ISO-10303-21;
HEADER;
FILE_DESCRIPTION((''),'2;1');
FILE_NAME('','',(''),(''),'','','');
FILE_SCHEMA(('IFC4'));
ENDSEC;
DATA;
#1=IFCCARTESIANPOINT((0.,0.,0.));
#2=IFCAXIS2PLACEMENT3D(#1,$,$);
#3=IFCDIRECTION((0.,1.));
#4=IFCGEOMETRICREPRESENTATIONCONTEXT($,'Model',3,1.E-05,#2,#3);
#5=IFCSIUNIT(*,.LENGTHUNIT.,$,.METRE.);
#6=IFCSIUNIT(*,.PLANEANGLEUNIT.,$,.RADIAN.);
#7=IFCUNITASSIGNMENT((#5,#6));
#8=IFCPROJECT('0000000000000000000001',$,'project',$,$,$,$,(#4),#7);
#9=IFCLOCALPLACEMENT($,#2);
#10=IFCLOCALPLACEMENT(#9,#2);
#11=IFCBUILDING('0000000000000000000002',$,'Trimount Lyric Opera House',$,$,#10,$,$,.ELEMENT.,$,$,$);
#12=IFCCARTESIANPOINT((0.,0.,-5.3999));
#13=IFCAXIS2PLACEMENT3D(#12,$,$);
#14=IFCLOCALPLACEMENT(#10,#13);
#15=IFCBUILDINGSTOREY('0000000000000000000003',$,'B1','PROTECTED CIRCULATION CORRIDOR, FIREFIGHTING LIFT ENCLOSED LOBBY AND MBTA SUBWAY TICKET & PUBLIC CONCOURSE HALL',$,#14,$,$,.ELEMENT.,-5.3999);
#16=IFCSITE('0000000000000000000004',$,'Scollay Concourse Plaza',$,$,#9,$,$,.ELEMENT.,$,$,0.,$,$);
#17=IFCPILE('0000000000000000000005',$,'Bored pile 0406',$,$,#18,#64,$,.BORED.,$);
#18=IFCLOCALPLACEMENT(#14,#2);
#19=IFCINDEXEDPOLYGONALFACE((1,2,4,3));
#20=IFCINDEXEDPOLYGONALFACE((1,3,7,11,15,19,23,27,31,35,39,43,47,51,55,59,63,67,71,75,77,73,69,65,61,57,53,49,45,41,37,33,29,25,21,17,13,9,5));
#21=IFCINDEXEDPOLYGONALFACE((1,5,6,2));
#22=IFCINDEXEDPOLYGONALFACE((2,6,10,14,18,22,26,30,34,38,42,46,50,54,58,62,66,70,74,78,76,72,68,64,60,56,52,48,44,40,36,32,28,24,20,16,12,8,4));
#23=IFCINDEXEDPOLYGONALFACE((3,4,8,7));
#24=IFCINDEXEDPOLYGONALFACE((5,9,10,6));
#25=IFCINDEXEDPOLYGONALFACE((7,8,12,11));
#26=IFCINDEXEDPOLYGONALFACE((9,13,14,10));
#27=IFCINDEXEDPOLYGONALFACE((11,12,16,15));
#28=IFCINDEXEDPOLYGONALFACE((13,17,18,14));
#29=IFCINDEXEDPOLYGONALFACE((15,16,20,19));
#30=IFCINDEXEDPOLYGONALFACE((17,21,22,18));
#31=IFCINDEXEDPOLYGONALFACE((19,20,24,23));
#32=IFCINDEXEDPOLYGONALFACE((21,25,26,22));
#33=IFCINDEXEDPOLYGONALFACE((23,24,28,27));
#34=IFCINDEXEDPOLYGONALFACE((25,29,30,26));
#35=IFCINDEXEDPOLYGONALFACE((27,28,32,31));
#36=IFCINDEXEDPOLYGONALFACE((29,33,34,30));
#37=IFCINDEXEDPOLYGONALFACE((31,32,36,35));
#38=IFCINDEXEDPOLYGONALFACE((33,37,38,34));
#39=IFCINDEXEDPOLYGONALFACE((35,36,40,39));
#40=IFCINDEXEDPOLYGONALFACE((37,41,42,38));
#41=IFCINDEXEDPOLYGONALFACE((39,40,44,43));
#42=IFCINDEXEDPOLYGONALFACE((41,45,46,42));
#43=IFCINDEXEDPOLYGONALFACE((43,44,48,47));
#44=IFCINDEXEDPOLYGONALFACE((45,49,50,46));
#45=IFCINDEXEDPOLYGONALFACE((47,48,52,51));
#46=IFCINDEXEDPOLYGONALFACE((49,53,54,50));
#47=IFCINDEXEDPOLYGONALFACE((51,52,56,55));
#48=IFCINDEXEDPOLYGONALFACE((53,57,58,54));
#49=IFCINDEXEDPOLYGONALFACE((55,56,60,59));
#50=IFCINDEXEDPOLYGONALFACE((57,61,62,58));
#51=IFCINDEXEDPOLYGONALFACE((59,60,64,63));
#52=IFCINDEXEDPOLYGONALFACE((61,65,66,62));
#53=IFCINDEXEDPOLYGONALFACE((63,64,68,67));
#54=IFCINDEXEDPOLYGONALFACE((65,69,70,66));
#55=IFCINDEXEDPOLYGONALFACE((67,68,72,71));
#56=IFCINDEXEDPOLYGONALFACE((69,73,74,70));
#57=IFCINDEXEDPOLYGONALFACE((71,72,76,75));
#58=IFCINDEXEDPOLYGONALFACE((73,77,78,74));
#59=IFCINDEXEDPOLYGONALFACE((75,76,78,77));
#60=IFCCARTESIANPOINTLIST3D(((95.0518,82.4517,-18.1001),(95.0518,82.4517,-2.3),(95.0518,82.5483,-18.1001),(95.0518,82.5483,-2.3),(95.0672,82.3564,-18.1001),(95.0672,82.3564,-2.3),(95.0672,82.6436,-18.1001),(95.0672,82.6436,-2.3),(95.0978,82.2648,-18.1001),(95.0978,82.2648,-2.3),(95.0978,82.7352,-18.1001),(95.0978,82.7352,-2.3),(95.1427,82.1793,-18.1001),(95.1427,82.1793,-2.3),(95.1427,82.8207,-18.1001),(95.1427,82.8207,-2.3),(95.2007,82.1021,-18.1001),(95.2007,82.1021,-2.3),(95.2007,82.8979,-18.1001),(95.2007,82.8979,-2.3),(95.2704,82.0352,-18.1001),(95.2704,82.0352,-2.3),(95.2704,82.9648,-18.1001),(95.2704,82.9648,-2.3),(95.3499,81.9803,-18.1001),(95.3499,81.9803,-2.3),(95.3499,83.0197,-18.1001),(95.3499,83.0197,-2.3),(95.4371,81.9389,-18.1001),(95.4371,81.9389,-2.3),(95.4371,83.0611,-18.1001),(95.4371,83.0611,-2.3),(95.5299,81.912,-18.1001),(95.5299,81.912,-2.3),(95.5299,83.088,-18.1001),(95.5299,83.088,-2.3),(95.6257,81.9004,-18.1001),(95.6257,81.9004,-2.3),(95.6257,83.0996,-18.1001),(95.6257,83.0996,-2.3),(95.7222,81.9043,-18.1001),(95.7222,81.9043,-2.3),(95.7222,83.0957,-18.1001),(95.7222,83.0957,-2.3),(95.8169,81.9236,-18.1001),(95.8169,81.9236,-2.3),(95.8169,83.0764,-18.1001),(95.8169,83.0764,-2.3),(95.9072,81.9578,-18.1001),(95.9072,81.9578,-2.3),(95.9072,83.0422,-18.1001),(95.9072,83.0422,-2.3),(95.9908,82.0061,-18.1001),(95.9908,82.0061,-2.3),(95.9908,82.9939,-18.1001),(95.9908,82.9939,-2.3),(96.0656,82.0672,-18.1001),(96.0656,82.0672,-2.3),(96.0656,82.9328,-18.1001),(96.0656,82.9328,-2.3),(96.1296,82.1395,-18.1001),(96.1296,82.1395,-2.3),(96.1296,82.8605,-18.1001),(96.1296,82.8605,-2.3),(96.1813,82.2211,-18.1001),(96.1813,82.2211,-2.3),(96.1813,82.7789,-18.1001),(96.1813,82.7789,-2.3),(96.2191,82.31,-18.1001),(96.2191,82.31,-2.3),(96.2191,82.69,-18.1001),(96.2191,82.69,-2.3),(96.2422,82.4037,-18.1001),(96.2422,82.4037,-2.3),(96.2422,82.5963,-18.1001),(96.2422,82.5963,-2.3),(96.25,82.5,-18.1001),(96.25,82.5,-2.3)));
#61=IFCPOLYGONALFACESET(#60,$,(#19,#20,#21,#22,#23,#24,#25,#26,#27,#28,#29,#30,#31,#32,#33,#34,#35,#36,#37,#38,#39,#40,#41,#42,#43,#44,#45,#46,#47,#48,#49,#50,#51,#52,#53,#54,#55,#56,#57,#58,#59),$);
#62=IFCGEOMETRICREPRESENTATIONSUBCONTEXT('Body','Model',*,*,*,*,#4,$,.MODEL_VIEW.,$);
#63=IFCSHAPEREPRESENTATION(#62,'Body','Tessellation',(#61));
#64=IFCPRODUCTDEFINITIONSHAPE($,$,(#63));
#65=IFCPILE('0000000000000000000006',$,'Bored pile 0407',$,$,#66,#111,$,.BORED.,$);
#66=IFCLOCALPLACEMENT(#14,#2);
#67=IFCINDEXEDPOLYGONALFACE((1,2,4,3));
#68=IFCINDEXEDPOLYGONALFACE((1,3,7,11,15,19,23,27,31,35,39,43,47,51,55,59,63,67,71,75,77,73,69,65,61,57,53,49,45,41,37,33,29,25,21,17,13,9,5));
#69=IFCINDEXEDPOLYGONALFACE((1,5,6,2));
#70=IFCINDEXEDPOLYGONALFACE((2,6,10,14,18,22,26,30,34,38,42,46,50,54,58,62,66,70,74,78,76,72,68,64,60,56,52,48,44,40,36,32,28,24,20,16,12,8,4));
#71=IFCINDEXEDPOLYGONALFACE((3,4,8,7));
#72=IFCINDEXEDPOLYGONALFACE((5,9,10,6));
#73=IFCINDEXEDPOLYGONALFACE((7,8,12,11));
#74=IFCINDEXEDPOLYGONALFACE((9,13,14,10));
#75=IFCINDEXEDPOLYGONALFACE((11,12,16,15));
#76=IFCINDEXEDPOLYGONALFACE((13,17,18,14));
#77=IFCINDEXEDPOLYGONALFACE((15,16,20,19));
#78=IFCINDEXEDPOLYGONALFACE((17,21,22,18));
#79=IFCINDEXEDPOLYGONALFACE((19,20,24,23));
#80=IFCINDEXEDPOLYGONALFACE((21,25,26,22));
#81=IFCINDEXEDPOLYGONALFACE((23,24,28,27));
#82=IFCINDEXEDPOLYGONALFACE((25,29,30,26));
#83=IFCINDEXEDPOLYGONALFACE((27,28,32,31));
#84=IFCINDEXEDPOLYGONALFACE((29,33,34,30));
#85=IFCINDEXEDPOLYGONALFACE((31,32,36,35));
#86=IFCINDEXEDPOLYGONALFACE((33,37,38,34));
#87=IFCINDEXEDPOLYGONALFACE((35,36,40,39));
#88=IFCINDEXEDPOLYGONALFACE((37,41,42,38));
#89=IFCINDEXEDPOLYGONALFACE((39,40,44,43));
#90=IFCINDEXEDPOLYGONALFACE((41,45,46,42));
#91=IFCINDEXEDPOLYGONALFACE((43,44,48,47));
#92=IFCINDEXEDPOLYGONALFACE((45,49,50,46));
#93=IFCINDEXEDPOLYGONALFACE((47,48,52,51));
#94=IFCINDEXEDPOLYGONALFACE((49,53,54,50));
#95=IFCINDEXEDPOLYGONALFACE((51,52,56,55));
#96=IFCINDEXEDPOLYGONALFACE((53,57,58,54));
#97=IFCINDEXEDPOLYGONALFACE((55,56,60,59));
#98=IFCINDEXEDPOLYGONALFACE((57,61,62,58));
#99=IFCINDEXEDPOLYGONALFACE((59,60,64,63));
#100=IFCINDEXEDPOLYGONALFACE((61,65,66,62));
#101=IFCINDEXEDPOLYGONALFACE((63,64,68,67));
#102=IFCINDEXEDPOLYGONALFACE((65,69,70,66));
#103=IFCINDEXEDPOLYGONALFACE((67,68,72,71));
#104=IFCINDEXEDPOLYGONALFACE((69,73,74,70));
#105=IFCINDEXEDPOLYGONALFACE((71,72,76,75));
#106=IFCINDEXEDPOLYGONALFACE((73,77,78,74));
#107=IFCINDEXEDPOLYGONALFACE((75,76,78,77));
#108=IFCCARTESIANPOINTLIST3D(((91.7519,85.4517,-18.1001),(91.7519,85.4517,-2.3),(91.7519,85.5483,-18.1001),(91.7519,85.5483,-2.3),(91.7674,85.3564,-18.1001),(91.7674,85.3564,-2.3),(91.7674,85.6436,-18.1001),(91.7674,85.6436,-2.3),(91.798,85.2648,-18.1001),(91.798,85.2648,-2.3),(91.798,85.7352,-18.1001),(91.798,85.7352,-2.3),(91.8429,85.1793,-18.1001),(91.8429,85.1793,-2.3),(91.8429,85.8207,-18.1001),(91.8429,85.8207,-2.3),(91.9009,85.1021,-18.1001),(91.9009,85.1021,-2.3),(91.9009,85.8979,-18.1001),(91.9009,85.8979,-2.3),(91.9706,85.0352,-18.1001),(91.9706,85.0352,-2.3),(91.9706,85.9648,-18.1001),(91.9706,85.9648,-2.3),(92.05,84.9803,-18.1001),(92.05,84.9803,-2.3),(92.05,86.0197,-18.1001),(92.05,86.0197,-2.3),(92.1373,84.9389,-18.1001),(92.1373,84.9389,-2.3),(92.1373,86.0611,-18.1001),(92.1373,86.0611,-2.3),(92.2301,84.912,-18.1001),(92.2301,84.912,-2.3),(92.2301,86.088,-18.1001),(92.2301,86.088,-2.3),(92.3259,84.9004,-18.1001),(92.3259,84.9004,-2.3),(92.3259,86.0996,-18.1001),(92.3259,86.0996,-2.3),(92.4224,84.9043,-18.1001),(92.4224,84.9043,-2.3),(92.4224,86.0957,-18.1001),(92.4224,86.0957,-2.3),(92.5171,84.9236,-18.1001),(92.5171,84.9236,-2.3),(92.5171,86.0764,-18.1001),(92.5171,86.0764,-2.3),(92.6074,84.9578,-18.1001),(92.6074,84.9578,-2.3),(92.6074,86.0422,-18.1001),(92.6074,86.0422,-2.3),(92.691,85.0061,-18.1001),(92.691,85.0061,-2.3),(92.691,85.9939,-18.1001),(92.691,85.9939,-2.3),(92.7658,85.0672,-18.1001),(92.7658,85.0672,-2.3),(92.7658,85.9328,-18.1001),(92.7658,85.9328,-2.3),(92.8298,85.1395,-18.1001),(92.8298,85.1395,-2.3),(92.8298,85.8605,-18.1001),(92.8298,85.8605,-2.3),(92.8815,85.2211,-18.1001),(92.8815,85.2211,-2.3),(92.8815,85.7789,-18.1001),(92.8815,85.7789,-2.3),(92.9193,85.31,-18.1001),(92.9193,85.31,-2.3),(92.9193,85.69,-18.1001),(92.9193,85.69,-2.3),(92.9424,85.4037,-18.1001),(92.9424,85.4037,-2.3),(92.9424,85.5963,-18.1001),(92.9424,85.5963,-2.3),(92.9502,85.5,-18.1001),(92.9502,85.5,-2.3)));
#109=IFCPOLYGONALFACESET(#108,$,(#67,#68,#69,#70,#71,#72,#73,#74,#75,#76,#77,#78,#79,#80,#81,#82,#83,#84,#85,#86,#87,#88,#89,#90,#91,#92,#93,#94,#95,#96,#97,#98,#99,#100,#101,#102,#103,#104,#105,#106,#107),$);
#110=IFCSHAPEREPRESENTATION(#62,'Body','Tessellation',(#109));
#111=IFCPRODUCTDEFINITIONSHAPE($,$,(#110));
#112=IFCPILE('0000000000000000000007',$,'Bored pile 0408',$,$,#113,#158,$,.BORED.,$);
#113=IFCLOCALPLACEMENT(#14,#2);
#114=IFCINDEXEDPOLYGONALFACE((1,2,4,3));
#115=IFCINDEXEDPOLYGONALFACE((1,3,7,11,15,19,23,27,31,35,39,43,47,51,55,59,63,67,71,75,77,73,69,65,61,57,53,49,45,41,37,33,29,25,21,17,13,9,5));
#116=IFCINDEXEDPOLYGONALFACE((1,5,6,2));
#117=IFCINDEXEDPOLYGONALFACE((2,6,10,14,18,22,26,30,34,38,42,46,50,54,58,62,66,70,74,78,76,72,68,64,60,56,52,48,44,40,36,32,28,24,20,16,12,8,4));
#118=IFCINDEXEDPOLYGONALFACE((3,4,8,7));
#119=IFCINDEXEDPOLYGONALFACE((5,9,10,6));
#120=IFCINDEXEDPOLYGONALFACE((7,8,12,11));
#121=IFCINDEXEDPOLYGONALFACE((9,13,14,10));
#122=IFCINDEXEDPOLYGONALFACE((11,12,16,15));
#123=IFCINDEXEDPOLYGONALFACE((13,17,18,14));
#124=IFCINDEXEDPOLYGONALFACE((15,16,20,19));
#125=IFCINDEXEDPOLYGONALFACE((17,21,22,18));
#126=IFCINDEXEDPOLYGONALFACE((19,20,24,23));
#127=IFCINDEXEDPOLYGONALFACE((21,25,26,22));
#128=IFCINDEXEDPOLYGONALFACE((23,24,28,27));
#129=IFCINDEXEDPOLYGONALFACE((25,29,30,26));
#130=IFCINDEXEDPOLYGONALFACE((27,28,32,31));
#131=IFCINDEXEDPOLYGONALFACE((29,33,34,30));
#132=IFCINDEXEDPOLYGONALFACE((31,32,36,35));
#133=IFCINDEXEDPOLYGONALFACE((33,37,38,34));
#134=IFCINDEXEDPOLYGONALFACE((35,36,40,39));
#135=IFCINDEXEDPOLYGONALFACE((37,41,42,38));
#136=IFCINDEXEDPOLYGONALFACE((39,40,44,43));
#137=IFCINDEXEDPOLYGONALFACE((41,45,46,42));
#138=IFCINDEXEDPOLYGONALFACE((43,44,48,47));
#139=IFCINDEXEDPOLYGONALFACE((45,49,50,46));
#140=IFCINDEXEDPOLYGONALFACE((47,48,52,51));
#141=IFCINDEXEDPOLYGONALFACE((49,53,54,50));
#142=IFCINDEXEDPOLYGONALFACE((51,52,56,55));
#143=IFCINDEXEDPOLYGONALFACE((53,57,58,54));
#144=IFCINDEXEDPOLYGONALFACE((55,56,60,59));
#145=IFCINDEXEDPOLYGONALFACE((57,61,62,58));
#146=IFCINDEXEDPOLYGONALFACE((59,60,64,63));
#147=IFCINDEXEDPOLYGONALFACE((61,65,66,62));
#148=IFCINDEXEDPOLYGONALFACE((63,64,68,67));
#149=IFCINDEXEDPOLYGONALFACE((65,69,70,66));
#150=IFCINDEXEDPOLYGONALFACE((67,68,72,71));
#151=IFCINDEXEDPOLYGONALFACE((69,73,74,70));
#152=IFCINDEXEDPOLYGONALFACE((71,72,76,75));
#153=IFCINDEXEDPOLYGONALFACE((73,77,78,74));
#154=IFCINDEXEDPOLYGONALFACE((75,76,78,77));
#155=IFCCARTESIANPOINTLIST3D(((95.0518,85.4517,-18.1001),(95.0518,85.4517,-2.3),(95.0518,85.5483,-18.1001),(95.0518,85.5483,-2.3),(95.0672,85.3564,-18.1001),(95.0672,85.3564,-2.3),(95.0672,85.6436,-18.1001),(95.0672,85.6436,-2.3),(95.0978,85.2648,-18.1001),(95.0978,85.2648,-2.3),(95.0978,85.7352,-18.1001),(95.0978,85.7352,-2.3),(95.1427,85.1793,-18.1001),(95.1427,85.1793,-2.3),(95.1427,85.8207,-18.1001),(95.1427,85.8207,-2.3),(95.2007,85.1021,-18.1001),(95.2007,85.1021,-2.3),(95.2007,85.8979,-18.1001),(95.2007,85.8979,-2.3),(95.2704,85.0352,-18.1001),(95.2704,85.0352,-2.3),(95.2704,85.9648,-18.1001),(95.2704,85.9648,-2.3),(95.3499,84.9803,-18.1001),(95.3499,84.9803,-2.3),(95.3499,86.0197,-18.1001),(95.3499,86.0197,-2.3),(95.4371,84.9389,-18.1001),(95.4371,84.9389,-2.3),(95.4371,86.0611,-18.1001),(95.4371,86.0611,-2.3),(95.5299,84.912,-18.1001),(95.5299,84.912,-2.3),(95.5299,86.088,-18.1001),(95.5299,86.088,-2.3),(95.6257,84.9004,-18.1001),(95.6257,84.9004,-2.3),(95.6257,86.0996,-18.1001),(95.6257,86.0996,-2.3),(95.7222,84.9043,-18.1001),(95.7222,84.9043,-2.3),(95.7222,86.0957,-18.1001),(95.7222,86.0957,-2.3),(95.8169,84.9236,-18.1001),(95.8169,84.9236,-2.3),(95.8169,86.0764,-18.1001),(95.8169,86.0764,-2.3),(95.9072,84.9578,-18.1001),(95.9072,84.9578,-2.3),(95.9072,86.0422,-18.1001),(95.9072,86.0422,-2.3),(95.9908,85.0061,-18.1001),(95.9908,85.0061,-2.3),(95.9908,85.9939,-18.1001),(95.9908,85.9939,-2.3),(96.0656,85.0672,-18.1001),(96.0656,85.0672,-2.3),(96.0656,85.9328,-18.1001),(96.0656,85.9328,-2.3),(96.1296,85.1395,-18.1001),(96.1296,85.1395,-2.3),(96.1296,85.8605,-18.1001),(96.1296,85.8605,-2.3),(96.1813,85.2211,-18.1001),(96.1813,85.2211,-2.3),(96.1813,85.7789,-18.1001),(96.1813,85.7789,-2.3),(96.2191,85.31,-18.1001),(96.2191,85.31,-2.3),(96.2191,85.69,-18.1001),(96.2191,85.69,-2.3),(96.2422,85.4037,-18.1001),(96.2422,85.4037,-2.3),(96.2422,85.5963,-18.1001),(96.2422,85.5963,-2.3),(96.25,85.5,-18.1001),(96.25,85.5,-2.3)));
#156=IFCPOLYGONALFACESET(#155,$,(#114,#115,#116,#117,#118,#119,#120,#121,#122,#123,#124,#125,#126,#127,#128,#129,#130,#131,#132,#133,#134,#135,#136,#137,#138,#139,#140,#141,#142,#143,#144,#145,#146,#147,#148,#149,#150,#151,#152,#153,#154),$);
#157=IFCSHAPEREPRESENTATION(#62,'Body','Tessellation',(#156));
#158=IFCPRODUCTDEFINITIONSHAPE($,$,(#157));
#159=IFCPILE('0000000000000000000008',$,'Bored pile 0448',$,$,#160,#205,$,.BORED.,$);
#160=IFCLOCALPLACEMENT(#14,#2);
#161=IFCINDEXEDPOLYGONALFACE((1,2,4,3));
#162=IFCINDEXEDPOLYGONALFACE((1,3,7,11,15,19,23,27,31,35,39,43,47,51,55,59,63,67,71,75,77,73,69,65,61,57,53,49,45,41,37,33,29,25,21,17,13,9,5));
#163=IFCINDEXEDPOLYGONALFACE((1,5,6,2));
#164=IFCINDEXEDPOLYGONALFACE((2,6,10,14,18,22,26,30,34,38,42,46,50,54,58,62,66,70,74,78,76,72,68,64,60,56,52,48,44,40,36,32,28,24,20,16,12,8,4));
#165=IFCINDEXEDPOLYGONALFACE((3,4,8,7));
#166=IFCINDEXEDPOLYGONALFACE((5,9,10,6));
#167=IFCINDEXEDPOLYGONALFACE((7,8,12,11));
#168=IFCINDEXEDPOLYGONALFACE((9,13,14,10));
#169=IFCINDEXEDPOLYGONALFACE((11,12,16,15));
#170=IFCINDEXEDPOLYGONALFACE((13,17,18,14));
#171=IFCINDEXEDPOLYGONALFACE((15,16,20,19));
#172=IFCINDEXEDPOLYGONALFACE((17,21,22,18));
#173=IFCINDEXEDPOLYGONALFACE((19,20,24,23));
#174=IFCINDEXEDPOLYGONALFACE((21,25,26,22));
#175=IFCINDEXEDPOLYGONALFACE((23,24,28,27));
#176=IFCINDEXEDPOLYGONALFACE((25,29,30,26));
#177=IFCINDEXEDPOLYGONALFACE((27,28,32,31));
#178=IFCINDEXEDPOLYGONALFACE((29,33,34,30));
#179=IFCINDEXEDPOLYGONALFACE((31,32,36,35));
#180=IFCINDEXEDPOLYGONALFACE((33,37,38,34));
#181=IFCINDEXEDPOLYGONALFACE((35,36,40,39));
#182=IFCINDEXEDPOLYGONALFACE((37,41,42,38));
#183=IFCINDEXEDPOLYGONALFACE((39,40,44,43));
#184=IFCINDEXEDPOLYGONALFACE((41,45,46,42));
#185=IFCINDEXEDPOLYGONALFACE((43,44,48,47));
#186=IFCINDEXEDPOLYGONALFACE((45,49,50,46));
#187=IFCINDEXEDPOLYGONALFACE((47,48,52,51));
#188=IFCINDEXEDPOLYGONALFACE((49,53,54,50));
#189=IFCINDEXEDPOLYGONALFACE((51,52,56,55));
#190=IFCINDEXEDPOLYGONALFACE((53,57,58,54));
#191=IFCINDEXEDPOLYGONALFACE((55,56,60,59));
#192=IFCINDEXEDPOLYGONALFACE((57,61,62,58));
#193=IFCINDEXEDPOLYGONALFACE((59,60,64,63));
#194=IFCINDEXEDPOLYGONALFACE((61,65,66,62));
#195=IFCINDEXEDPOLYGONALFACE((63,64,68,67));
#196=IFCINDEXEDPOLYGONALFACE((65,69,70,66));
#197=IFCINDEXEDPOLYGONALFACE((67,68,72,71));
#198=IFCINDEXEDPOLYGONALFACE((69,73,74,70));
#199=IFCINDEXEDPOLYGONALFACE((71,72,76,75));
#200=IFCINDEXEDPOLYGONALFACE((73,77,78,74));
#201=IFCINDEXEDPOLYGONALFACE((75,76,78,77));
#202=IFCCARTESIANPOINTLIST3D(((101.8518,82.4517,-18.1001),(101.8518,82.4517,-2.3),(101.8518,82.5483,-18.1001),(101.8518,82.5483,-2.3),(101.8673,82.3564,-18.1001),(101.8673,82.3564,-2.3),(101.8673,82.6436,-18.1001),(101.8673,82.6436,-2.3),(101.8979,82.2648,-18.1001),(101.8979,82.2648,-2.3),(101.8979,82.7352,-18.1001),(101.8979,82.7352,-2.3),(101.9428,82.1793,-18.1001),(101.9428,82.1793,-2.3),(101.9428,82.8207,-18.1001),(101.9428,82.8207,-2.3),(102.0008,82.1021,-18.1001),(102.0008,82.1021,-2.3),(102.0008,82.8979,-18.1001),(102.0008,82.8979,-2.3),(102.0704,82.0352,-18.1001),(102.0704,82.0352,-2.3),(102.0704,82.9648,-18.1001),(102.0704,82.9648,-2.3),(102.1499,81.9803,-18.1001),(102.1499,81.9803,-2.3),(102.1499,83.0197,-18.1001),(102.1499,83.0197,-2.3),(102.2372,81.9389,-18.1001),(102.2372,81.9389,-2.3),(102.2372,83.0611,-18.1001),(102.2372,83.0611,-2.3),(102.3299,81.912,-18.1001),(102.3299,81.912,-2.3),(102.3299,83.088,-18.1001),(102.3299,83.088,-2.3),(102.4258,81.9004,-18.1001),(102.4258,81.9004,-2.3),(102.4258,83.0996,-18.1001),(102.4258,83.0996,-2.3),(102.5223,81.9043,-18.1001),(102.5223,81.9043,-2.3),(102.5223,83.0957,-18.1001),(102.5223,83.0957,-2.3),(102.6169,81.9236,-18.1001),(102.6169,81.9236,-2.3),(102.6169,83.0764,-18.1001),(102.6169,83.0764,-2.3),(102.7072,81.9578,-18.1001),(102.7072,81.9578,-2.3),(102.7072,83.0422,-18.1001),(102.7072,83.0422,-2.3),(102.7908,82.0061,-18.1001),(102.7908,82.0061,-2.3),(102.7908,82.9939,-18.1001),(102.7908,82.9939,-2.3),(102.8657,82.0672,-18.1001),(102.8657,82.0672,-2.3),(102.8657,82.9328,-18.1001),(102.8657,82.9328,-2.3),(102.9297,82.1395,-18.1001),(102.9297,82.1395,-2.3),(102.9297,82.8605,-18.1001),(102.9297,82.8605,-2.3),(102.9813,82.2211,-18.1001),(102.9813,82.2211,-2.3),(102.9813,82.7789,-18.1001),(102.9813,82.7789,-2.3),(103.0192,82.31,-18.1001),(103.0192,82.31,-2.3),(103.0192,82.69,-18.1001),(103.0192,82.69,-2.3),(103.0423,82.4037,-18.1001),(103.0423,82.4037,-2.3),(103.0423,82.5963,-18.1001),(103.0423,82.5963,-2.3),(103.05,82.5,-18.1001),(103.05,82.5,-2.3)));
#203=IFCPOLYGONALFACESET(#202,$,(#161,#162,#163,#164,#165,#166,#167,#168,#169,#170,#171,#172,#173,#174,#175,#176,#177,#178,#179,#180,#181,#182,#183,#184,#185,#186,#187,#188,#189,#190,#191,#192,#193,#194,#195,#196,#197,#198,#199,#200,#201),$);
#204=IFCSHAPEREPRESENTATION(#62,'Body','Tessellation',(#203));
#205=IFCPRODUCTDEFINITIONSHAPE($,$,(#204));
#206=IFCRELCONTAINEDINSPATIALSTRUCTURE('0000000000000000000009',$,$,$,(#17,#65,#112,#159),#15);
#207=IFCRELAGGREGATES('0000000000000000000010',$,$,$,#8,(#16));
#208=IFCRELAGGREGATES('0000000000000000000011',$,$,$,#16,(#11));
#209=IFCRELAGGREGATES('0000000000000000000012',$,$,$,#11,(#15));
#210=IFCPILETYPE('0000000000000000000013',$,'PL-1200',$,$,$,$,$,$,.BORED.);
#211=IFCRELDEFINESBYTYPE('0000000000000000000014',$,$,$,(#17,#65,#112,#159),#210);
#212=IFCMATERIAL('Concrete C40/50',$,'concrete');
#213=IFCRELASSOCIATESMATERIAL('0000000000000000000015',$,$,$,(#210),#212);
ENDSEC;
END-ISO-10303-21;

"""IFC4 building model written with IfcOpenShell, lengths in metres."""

from ifc_helpers import new_model, si_unit, direction, frame, origin, origin_2d, place, context, subcontext, project, spatial, circle, extrude, material, material_profile, profile_set, type_object, element, save


model = new_model("IFC4")

# Units and contexts
model_context = context("Model", 3, precision=1e-05, world=origin(), true_north=direction((0.0, 1.0)))
body_context = subcontext(model_context, "Body", "Model", "MODEL_VIEW")
ifc_project = project(units=[si_unit("LENGTHUNIT", "METRE"), si_unit("PLANEANGLEUNIT", "RADIAN")], contexts=[model_context])

# Site, building, storey
site_placement = place(None, origin())
site = spatial("IfcSite", under=ifc_project, at=site_placement, Name="Scollay Concourse Plaza", CompositionType="ELEMENT", RefElevation=0.0)
building_placement = place(site_placement, origin())
building = spatial("IfcBuilding", under=site, at=building_placement, Name="Trimount Lyric Opera House", CompositionType="ELEMENT")
storey_placement = place(building_placement, frame((0.0, 0.0, -5.3999)))
storey = spatial("IfcBuildingStorey", under=building, at=storey_placement, Name="B1", Description="PROTECTED CIRCULATION CORRIDOR, FIREFIGHTING LIFT ENCLOSED LOBBY AND MBTA SUBWAY TICKET & PUBLIC CONCOURSE HALL", CompositionType="ELEMENT", Elevation=-5.3999)

# Piles
ifc_material_1 = material(Name="Concrete C40/50", Category="concrete")
ifc_material_profile_1 = material_profile(ifc_material_1, circle(Radius=0.6001, at=origin_2d()), Name="PILE-D1200")
ifc_profile_set_1 = profile_set([ifc_material_profile_1], Name="Concrete C40/50")
pile_type_1 = type_object("IfcPileType", Name="PL-1200", PredefinedType="BORED", material=ifc_profile_set_1)
for number, where, z_axis, x_axis, name in (
    (1, (95.6499, 82.5, -2.3), (0.0, 0.0, -1.0), (1.0, 0.0, 0.0), "Bored pile 0406"),
    (2, (92.3501, 85.5, -2.3), (0.0, 0.0, -1.0), (1.0, 0.0, 0.0), "Bored pile 0407"),
    (3, (95.6499, 85.5, -2.3), (0.0, 0.0, -1.0), (1.0, 0.0, 0.0), "Bored pile 0408"),
    (4, (102.45, 82.5, -2.3), (0.0, 0.0, -1.0), (1.0, 0.0, 0.0), "Bored pile 0448"),
):
    element("IfcPile", number, at=place(storey_placement, frame(where, z_axis=z_axis, x_axis=x_axis)), inside=storey, type_object=pile_type_1, Name=name, PredefinedType="BORED", context=body_context, shape_type="SweptSolid", body=[
        extrude(circle(Radius=0.6001, at=origin_2d()), origin(), (0.0, 0.0, 1.0), 15.8),
    ])

save(model, "model.ifc")
